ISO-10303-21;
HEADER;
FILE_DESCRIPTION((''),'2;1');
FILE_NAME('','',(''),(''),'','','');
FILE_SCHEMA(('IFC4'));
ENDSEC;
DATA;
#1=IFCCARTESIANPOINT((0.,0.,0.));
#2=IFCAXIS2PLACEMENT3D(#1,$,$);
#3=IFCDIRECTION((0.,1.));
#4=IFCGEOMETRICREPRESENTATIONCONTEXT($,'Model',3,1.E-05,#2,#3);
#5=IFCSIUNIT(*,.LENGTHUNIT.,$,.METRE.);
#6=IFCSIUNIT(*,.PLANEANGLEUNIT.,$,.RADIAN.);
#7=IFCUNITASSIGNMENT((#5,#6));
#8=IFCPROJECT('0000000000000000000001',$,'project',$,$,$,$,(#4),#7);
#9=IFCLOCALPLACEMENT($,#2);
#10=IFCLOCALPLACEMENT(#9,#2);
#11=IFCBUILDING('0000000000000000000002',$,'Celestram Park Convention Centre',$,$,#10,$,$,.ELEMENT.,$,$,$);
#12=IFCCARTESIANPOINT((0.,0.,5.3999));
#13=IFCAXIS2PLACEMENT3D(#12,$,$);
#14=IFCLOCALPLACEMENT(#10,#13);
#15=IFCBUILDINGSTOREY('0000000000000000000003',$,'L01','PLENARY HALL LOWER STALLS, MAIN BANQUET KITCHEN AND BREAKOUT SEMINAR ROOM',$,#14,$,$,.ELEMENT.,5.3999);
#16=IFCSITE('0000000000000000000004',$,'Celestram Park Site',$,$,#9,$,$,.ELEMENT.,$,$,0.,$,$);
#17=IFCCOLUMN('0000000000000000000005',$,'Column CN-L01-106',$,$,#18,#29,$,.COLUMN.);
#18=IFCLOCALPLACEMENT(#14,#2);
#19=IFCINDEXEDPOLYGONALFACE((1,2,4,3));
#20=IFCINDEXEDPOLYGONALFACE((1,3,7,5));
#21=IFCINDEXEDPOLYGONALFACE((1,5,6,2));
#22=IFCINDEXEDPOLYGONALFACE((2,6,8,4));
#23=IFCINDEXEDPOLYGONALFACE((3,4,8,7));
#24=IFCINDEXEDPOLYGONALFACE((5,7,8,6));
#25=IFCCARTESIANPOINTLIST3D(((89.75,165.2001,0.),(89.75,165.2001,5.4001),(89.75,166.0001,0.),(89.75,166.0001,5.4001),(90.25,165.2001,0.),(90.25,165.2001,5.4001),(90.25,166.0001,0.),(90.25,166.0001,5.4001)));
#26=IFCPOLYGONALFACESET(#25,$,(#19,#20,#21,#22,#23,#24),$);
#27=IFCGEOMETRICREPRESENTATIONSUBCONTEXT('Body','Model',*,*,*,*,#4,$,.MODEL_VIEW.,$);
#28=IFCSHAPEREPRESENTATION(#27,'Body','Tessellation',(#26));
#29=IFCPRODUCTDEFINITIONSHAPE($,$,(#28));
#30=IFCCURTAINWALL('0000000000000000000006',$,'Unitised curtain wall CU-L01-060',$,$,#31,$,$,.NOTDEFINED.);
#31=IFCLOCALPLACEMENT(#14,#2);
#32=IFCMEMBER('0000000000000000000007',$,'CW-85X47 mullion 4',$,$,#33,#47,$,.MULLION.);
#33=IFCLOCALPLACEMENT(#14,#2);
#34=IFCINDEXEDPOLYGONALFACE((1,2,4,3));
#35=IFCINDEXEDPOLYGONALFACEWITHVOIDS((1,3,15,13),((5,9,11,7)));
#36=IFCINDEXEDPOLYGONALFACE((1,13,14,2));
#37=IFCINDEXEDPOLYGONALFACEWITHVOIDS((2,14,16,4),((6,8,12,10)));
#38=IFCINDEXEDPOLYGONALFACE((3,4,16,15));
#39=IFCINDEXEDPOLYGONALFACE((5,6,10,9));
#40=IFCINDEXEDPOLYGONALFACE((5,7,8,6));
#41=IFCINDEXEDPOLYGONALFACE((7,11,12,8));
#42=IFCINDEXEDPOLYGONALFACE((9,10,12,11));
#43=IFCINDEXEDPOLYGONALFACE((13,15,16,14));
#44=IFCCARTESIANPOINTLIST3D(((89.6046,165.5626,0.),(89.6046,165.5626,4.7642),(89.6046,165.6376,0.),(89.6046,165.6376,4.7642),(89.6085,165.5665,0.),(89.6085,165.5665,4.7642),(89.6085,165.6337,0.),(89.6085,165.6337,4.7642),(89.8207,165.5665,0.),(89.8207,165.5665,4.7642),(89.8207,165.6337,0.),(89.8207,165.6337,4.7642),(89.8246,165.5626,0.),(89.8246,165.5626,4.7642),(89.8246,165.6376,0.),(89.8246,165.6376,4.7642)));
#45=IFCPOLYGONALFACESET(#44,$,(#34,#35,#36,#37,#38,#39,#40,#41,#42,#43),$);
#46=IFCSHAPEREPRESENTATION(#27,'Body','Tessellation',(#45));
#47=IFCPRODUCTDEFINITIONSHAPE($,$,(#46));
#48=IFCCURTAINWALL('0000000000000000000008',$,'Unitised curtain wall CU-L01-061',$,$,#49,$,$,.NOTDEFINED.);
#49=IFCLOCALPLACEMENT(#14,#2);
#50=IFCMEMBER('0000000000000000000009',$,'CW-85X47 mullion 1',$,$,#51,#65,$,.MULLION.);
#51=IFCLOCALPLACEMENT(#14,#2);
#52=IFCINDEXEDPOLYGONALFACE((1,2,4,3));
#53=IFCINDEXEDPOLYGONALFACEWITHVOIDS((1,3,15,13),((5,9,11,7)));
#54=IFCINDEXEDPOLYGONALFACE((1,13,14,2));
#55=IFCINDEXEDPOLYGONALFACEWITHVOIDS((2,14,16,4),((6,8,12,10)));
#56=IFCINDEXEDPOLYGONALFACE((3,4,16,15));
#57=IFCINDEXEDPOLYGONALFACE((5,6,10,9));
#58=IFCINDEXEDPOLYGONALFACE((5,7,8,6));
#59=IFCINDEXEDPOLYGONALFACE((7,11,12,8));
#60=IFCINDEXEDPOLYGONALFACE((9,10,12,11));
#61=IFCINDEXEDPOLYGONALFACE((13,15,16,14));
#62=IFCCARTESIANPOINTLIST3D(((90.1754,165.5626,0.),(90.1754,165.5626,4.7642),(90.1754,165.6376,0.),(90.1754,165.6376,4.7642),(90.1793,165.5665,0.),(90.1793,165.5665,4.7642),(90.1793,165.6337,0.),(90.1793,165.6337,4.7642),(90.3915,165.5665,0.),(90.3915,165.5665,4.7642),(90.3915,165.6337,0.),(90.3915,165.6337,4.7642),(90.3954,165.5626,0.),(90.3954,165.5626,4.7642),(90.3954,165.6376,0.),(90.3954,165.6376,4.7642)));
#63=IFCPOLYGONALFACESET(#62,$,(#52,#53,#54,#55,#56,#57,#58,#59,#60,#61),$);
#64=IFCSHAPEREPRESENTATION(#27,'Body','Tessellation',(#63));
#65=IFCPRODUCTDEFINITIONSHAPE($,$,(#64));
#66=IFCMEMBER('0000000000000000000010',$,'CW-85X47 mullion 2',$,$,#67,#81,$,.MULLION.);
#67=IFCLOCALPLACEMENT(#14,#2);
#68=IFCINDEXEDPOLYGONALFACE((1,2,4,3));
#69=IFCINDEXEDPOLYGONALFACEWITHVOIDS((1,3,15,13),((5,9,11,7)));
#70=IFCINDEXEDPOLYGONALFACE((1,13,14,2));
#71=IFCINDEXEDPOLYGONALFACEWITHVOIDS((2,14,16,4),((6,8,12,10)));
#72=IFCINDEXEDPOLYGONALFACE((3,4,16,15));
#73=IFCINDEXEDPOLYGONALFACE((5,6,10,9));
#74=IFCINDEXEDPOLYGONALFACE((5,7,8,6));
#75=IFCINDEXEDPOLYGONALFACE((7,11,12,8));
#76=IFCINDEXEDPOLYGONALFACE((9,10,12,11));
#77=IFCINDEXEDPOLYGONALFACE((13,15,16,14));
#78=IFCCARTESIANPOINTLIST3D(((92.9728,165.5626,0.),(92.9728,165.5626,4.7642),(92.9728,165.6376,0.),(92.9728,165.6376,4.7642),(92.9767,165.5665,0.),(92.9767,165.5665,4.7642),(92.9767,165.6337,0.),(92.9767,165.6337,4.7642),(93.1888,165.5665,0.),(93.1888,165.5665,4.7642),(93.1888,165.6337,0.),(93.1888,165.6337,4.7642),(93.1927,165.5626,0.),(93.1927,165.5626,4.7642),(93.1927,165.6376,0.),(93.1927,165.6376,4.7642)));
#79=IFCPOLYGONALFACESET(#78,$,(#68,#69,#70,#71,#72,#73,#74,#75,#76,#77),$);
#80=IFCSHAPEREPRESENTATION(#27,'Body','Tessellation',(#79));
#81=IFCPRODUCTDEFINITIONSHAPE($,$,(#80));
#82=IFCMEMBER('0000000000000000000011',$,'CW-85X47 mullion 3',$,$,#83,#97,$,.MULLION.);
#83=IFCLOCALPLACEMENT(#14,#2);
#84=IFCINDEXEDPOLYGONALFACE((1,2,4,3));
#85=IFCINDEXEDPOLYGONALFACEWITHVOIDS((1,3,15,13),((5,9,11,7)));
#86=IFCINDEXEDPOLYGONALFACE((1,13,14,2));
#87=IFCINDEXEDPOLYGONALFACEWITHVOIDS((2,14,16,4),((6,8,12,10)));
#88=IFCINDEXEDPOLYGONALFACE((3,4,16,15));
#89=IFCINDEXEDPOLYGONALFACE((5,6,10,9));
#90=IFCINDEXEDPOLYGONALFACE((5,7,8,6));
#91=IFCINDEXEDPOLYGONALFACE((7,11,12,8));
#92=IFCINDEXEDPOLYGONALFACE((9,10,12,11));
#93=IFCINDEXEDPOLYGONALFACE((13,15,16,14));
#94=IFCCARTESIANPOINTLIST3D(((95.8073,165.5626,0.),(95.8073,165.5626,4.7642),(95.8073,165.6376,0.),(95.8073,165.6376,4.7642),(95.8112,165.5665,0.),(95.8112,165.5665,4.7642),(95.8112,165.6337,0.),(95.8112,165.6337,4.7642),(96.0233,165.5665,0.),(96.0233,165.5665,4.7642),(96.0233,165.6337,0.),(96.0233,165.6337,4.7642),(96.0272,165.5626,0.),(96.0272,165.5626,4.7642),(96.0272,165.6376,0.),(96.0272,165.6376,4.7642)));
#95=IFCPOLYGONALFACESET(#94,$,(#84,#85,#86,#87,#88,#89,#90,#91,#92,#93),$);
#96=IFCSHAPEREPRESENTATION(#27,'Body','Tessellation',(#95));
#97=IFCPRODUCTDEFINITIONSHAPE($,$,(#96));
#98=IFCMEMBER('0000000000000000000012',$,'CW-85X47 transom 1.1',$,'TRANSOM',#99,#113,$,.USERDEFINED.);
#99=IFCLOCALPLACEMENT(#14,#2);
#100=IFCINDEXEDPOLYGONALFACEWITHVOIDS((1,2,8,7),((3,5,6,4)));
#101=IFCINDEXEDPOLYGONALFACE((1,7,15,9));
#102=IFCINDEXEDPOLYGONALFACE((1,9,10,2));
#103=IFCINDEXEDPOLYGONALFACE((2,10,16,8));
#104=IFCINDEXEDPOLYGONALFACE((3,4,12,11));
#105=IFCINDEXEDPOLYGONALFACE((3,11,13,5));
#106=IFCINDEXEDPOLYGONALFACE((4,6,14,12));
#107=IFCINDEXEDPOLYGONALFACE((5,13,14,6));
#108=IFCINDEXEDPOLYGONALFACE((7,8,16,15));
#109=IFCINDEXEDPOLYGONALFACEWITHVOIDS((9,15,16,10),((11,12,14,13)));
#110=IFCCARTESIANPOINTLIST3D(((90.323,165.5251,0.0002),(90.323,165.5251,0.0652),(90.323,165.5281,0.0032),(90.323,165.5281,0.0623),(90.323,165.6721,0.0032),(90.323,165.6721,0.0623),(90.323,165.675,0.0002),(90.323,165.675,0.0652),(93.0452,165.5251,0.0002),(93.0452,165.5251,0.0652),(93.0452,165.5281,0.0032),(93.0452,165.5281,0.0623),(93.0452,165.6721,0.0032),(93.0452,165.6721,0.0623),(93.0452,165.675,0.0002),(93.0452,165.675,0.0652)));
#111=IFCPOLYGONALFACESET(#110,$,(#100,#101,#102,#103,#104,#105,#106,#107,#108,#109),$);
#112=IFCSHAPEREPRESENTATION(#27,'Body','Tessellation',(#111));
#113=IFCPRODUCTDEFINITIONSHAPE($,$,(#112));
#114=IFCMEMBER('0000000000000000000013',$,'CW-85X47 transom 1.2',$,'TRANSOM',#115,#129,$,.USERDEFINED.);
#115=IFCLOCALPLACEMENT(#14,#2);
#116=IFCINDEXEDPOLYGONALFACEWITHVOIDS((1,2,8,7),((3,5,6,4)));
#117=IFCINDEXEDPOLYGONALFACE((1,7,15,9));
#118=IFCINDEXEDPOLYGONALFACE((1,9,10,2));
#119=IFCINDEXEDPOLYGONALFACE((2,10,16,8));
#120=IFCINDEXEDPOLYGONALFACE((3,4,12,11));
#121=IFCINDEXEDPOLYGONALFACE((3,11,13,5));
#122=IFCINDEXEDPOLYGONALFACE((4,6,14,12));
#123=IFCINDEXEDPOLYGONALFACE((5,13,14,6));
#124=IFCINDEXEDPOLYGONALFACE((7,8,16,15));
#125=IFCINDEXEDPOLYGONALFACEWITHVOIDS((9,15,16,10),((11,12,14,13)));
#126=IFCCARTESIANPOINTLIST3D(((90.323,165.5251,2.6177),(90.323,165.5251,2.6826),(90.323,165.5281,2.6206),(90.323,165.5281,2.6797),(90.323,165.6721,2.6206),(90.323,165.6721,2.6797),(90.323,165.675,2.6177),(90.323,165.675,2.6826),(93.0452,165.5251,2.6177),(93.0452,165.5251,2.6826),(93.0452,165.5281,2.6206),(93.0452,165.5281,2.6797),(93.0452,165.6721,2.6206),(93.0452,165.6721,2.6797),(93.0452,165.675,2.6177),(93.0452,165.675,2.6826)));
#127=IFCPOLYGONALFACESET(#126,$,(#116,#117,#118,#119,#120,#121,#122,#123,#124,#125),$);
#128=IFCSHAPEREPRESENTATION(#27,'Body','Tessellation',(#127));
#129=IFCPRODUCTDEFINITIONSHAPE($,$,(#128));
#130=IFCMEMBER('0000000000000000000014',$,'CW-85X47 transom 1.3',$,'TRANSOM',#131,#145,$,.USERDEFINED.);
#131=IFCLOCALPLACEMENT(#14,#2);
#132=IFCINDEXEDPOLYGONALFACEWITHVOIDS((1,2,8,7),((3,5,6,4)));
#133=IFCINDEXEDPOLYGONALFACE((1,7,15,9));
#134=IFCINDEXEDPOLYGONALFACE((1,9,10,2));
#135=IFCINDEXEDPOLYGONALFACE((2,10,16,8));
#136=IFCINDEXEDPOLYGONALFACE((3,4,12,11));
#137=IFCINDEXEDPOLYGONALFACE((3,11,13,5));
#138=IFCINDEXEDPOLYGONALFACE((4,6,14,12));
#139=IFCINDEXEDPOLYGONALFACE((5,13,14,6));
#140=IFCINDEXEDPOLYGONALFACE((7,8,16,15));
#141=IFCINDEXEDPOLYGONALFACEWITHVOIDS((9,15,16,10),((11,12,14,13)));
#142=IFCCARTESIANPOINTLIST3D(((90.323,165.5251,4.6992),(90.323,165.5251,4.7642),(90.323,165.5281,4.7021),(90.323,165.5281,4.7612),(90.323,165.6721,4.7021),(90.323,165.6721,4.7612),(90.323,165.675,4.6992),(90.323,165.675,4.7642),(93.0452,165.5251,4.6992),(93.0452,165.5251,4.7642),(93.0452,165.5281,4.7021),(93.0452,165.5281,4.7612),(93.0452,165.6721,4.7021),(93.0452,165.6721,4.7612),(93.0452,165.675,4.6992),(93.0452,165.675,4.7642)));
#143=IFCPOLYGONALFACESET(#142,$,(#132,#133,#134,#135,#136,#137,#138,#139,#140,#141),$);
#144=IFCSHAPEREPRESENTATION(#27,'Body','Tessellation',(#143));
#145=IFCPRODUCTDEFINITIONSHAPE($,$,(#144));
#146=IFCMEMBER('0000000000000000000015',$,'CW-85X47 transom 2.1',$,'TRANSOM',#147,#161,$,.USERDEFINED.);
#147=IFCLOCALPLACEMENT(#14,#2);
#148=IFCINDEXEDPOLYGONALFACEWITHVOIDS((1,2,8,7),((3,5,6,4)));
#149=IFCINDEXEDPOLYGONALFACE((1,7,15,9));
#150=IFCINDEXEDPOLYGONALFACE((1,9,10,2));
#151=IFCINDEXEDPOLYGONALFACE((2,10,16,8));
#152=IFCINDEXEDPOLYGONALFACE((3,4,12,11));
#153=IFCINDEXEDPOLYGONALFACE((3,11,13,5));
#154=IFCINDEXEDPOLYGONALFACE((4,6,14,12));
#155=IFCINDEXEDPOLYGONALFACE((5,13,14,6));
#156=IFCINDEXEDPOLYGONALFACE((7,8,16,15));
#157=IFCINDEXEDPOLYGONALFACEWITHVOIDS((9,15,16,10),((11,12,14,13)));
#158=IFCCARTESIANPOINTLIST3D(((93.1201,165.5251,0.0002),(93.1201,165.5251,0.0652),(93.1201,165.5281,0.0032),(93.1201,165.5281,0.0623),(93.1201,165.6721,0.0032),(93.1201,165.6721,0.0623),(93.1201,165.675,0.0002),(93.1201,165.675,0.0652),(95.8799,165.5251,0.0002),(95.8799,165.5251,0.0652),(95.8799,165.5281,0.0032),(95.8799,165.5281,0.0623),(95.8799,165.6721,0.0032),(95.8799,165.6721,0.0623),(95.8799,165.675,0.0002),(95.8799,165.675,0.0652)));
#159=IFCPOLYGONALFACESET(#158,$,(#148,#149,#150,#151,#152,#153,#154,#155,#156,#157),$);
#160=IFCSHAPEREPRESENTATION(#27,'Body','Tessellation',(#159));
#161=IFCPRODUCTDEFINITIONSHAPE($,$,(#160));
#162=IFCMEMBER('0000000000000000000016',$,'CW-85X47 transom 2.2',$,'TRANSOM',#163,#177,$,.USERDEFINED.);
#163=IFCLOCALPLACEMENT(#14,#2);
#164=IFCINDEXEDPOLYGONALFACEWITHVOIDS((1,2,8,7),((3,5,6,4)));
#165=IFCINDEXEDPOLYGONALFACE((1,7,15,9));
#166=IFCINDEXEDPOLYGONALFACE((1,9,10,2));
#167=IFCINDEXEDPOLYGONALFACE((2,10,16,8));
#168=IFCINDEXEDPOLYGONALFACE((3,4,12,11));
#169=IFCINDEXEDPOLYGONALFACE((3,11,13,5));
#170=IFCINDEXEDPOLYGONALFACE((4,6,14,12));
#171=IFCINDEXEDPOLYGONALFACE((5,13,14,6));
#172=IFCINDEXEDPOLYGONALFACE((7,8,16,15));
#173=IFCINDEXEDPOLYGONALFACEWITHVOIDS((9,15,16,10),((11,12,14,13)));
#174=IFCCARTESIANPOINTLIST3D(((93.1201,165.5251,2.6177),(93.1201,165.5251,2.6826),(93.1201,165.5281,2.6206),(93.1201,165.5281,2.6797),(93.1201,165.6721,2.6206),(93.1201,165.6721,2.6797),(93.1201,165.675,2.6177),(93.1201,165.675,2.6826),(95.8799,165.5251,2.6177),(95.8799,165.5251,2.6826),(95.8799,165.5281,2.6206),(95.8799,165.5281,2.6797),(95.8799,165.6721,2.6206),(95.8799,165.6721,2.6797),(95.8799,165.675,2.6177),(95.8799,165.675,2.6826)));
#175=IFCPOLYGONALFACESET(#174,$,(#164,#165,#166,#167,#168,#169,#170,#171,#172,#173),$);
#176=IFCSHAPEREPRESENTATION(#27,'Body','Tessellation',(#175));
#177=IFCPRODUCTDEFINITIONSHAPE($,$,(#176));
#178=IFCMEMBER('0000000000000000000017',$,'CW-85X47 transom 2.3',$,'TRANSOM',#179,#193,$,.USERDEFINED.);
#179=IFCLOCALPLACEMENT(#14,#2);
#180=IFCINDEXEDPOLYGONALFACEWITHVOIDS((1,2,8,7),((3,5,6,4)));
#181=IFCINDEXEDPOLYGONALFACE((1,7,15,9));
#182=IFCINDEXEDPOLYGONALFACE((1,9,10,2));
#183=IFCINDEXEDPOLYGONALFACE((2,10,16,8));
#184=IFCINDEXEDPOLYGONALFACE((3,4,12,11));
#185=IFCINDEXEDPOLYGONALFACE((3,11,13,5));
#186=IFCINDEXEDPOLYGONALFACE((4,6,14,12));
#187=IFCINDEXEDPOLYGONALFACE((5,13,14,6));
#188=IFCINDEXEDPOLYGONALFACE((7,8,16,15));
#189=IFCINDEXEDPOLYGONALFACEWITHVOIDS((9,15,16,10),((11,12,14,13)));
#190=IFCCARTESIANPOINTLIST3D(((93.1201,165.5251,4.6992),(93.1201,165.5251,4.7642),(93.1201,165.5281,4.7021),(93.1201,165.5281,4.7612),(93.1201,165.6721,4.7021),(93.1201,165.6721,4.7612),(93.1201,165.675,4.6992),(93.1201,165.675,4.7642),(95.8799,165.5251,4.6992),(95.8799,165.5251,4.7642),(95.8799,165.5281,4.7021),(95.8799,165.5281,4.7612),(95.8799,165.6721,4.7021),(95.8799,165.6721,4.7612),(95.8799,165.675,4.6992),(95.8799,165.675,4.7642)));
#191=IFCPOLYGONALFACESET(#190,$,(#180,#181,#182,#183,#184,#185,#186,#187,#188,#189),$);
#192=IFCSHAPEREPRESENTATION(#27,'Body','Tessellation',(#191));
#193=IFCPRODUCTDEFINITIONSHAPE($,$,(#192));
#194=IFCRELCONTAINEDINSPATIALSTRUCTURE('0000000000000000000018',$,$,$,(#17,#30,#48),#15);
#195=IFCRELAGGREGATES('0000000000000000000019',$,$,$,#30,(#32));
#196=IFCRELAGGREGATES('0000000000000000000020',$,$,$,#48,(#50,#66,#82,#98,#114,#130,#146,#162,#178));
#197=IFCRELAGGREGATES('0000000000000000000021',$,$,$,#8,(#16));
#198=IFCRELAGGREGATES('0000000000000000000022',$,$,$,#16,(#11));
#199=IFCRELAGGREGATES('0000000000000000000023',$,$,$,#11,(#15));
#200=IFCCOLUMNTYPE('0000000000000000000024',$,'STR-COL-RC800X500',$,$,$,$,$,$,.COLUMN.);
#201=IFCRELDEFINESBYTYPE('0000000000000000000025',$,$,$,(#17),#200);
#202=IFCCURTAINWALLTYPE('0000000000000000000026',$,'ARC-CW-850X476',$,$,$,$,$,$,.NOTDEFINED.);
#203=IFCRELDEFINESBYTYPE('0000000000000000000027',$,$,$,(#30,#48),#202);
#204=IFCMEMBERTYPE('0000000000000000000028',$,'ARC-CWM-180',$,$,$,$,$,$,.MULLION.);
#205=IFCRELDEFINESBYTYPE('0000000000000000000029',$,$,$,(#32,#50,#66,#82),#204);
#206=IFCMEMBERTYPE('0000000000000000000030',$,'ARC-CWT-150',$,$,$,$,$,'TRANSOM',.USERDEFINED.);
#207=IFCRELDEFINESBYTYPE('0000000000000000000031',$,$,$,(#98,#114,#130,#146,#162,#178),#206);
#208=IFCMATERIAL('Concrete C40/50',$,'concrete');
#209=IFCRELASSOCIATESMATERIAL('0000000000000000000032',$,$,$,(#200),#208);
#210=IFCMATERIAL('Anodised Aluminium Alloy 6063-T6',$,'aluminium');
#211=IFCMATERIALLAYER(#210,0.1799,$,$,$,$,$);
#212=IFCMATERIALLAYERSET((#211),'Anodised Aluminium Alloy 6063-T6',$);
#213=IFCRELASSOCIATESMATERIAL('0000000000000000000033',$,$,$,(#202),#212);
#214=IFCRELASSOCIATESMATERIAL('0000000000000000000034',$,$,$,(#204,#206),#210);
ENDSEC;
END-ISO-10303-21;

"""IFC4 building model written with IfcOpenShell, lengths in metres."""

from ifc_helpers import new_model, si_unit, direction, frame, origin, origin_2d, place, context, subcontext, project, spatial, rectangle, hollow_rectangle, extrude, material, layer, layer_set, material_profile, profile_set, type_object, element, aggregate, save


model = new_model("IFC4")

# Units and contexts
model_context = context("Model", 3, precision=1e-05, world=origin(), true_north=direction((0.0, 1.0)))
body_context = subcontext(model_context, "Body", "Model", "MODEL_VIEW")
ifc_project = project(units=[si_unit("LENGTHUNIT", "METRE"), si_unit("PLANEANGLEUNIT", "RADIAN")], contexts=[model_context])

# Site, building, storey
site_placement = place(None, origin())
site = spatial("IfcSite", under=ifc_project, at=site_placement, Name="Celestram Park Site", CompositionType="ELEMENT", RefElevation=0.0)
building_placement = place(site_placement, origin())
building = spatial("IfcBuilding", under=site, at=building_placement, Name="Celestram Park Convention Centre", CompositionType="ELEMENT")
storey_placement = place(building_placement, frame((0.0, 0.0, 5.3999)))
storey = spatial("IfcBuildingStorey", under=building, at=storey_placement, Name="L01", Description="PLENARY HALL LOWER STALLS, MAIN BANQUET KITCHEN AND BREAKOUT SEMINAR ROOM", CompositionType="ELEMENT", Elevation=5.3999)

# Column
ifc_material_1 = material(Name="Concrete C40/50", Category="concrete")
ifc_material_profile_1 = material_profile(ifc_material_1, rectangle(XDim=0.5, YDim=0.8, at=origin_2d()), Name="RC800X500")
ifc_profile_set_1 = profile_set([ifc_material_profile_1], Name="Concrete C40/50")
column_type = type_object("IfcColumnType", Name="STR-COL-RC800X500", PredefinedType="COLUMN", material=ifc_profile_set_1)
column_placement = place(storey_placement, frame((90.0, 165.6001, 0.0), z_axis=(0.0, 0.0, 1.0), x_axis=(1.0, 0.0, 0.0)))
element("IfcColumn", 1, at=column_placement, inside=storey, type_object=column_type, Name="Column CN-L01-106", PredefinedType="COLUMN", context=body_context, shape_type="SweptSolid", body=[
    extrude(rectangle(XDim=0.5, YDim=0.8, at=origin_2d()), origin(), (0.0, 0.0, 1.0), 5.4001),
])

# Curtain wall, member
ifc_material_2 = material(Name="Anodised Aluminium Alloy 6063-T6", Category="aluminium")
ifc_layer_1 = layer(ifc_material_2, 0.1799)
ifc_layer_set_1 = layer_set([ifc_layer_1], Name="Anodised Aluminium Alloy 6063-T6")
curtain_wall_type = type_object("IfcCurtainWallType", Name="ARC-CW-850X476", PredefinedType="NOTDEFINED", material=ifc_layer_set_1)
curtain_wall_1_placement = place(storey_placement, origin())
curtain_wall_1 = element("IfcCurtainWall", 2, at=curtain_wall_1_placement, inside=storey, type_object=curtain_wall_type, Name="Unitised curtain wall CU-L01-060", PredefinedType="NOTDEFINED")
ifc_material_profile_2 = material_profile(ifc_material_2, hollow_rectangle(XDim=0.075, YDim=0.22, WallThickness=0.0039, at=origin_2d()), Name="ALU75X220X4")
ifc_profile_set_2 = profile_set([ifc_material_profile_2], Name="Anodised Aluminium Alloy 6063-T6")
member_type_1 = type_object("IfcMemberType", Name="ARC-CWM-180", PredefinedType="MULLION", material=ifc_profile_set_2)
member_1_placement = place(storey_placement, frame((89.7146, 165.6001, 0.0), z_axis=(0.0, 0.0, 1.0), x_axis=(0.0, 1.0, 0.0)))
member_1 = element("IfcMember", 3, at=member_1_placement, type_object=member_type_1, Name="CW-85X47 mullion 4", PredefinedType="MULLION", context=body_context, shape_type="SweptSolid", body=[
    extrude(hollow_rectangle(XDim=0.075, YDim=0.22, WallThickness=0.0039, at=origin_2d()), origin(), (0.0, 0.0, 1.0), 4.7642),
])
aggregate(curtain_wall_1, [member_1])

# Curtain wall, members
curtain_wall_2_placement = place(storey_placement, origin())
curtain_wall_2 = element("IfcCurtainWall", 4, at=curtain_wall_2_placement, inside=storey, type_object=curtain_wall_type, Name="Unitised curtain wall CU-L01-061", PredefinedType="NOTDEFINED")
member_2_placement = place(storey_placement, frame((90.2854, 165.6001, 0.0), z_axis=(0.0, 0.0, 1.0), x_axis=(0.0, 1.0, 0.0)))
member_2 = element("IfcMember", 5, at=member_2_placement, type_object=member_type_1, Name="CW-85X47 mullion 1", PredefinedType="MULLION", context=body_context, shape_type="SweptSolid", body=[
    extrude(hollow_rectangle(XDim=0.075, YDim=0.22, WallThickness=0.0039, at=origin_2d()), origin(), (0.0, 0.0, 1.0), 4.7642),
])
member_3_placement = place(storey_placement, frame((93.0828, 165.6001, 0.0), z_axis=(0.0, 0.0, 1.0), x_axis=(0.0, 1.0, 0.0)))
member_3 = element("IfcMember", 6, at=member_3_placement, type_object=member_type_1, Name="CW-85X47 mullion 2", PredefinedType="MULLION", context=body_context, shape_type="SweptSolid", body=[
    extrude(hollow_rectangle(XDim=0.075, YDim=0.22, WallThickness=0.0039, at=origin_2d()), origin(), (0.0, 0.0, 1.0), 4.7642),
])
member_4_placement = place(storey_placement, frame((95.9172, 165.6001, 0.0), z_axis=(0.0, 0.0, 1.0), x_axis=(0.0, 1.0, 0.0)))
member_4 = element("IfcMember", 7, at=member_4_placement, type_object=member_type_1, Name="CW-85X47 mullion 3", PredefinedType="MULLION", context=body_context, shape_type="SweptSolid", body=[
    extrude(hollow_rectangle(XDim=0.075, YDim=0.22, WallThickness=0.0039, at=origin_2d()), origin(), (0.0, 0.0, 1.0), 4.7642),
])
ifc_material_profile_3 = material_profile(ifc_material_2, hollow_rectangle(XDim=0.1499, YDim=0.0649, WallThickness=0.0029, at=origin_2d()), Name="ALU150X65X3")
ifc_profile_set_3 = profile_set([ifc_material_profile_3], Name="Anodised Aluminium Alloy 6063-T6")
member_type_2 = type_object("IfcMemberType", Name="ARC-CWT-150", ElementType="TRANSOM", PredefinedType="USERDEFINED", material=ifc_profile_set_3)
member_5_placement = place(storey_placement, frame((90.323, 165.6001, 0.0327), z_axis=(1.0, 0.0, 0.0), x_axis=(0.0, 1.0, 0.0)))
member_5 = element("IfcMember", 8, at=member_5_placement, type_object=member_type_2, Name="CW-85X47 transom 1.1", ObjectType="TRANSOM", PredefinedType="USERDEFINED", context=body_context, shape_type="SweptSolid", body=[
    extrude(hollow_rectangle(XDim=0.1499, YDim=0.0649, WallThickness=0.0029, at=origin_2d()), origin(), (0.0, 0.0, 1.0), 2.7222),
])
member_6_placement = place(storey_placement, frame((90.323, 165.6001, 2.6501), z_axis=(1.0, 0.0, 0.0), x_axis=(0.0, 1.0, 0.0)))
member_6 = element("IfcMember", 9, at=member_6_placement, type_object=member_type_2, Name="CW-85X47 transom 1.2", ObjectType="TRANSOM", PredefinedType="USERDEFINED", context=body_context, shape_type="SweptSolid", body=[
    extrude(hollow_rectangle(XDim=0.1499, YDim=0.0649, WallThickness=0.0029, at=origin_2d()), origin(), (0.0, 0.0, 1.0), 2.7222),
])
member_7_placement = place(storey_placement, frame((90.323, 165.6001, 4.7317), z_axis=(1.0, 0.0, 0.0), x_axis=(0.0, 1.0, 0.0)))
member_7 = element("IfcMember", 10, at=member_7_placement, type_object=member_type_2, Name="CW-85X47 transom 1.3", ObjectType="TRANSOM", PredefinedType="USERDEFINED", context=body_context, shape_type="SweptSolid", body=[
    extrude(hollow_rectangle(XDim=0.1499, YDim=0.0649, WallThickness=0.0029, at=origin_2d()), origin(), (0.0, 0.0, 1.0), 2.7222),
])
member_8_placement = place(storey_placement, frame((93.1201, 165.6001, 0.0327), z_axis=(1.0, 0.0, 0.0), x_axis=(0.0, 1.0, 0.0)))
member_8 = element("IfcMember", 11, at=member_8_placement, type_object=member_type_2, Name="CW-85X47 transom 2.1", ObjectType="TRANSOM", PredefinedType="USERDEFINED", context=body_context, shape_type="SweptSolid", body=[
    extrude(hollow_rectangle(XDim=0.1499, YDim=0.0649, WallThickness=0.0029, at=origin_2d()), origin(), (0.0, 0.0, 1.0), 2.7598),
])
member_9_placement = place(storey_placement, frame((93.1201, 165.6001, 2.6501), z_axis=(1.0, 0.0, 0.0), x_axis=(0.0, 1.0, 0.0)))
member_9 = element("IfcMember", 12, at=member_9_placement, type_object=member_type_2, Name="CW-85X47 transom 2.2", ObjectType="TRANSOM", PredefinedType="USERDEFINED", context=body_context, shape_type="SweptSolid", body=[
    extrude(hollow_rectangle(XDim=0.1499, YDim=0.0649, WallThickness=0.0029, at=origin_2d()), origin(), (0.0, 0.0, 1.0), 2.7598),
])
member_10_placement = place(storey_placement, frame((93.1201, 165.6001, 4.7317), z_axis=(1.0, 0.0, 0.0), x_axis=(0.0, 1.0, 0.0)))
member_10 = element("IfcMember", 13, at=member_10_placement, type_object=member_type_2, Name="CW-85X47 transom 2.3", ObjectType="TRANSOM", PredefinedType="USERDEFINED", context=body_context, shape_type="SweptSolid", body=[
    extrude(hollow_rectangle(XDim=0.1499, YDim=0.0649, WallThickness=0.0029, at=origin_2d()), origin(), (0.0, 0.0, 1.0), 2.7598),
])

aggregate(curtain_wall_2, [member_2, member_3, member_4, member_5, member_6, member_7, member_8, member_9, member_10])

save(model, "model.ifc")
